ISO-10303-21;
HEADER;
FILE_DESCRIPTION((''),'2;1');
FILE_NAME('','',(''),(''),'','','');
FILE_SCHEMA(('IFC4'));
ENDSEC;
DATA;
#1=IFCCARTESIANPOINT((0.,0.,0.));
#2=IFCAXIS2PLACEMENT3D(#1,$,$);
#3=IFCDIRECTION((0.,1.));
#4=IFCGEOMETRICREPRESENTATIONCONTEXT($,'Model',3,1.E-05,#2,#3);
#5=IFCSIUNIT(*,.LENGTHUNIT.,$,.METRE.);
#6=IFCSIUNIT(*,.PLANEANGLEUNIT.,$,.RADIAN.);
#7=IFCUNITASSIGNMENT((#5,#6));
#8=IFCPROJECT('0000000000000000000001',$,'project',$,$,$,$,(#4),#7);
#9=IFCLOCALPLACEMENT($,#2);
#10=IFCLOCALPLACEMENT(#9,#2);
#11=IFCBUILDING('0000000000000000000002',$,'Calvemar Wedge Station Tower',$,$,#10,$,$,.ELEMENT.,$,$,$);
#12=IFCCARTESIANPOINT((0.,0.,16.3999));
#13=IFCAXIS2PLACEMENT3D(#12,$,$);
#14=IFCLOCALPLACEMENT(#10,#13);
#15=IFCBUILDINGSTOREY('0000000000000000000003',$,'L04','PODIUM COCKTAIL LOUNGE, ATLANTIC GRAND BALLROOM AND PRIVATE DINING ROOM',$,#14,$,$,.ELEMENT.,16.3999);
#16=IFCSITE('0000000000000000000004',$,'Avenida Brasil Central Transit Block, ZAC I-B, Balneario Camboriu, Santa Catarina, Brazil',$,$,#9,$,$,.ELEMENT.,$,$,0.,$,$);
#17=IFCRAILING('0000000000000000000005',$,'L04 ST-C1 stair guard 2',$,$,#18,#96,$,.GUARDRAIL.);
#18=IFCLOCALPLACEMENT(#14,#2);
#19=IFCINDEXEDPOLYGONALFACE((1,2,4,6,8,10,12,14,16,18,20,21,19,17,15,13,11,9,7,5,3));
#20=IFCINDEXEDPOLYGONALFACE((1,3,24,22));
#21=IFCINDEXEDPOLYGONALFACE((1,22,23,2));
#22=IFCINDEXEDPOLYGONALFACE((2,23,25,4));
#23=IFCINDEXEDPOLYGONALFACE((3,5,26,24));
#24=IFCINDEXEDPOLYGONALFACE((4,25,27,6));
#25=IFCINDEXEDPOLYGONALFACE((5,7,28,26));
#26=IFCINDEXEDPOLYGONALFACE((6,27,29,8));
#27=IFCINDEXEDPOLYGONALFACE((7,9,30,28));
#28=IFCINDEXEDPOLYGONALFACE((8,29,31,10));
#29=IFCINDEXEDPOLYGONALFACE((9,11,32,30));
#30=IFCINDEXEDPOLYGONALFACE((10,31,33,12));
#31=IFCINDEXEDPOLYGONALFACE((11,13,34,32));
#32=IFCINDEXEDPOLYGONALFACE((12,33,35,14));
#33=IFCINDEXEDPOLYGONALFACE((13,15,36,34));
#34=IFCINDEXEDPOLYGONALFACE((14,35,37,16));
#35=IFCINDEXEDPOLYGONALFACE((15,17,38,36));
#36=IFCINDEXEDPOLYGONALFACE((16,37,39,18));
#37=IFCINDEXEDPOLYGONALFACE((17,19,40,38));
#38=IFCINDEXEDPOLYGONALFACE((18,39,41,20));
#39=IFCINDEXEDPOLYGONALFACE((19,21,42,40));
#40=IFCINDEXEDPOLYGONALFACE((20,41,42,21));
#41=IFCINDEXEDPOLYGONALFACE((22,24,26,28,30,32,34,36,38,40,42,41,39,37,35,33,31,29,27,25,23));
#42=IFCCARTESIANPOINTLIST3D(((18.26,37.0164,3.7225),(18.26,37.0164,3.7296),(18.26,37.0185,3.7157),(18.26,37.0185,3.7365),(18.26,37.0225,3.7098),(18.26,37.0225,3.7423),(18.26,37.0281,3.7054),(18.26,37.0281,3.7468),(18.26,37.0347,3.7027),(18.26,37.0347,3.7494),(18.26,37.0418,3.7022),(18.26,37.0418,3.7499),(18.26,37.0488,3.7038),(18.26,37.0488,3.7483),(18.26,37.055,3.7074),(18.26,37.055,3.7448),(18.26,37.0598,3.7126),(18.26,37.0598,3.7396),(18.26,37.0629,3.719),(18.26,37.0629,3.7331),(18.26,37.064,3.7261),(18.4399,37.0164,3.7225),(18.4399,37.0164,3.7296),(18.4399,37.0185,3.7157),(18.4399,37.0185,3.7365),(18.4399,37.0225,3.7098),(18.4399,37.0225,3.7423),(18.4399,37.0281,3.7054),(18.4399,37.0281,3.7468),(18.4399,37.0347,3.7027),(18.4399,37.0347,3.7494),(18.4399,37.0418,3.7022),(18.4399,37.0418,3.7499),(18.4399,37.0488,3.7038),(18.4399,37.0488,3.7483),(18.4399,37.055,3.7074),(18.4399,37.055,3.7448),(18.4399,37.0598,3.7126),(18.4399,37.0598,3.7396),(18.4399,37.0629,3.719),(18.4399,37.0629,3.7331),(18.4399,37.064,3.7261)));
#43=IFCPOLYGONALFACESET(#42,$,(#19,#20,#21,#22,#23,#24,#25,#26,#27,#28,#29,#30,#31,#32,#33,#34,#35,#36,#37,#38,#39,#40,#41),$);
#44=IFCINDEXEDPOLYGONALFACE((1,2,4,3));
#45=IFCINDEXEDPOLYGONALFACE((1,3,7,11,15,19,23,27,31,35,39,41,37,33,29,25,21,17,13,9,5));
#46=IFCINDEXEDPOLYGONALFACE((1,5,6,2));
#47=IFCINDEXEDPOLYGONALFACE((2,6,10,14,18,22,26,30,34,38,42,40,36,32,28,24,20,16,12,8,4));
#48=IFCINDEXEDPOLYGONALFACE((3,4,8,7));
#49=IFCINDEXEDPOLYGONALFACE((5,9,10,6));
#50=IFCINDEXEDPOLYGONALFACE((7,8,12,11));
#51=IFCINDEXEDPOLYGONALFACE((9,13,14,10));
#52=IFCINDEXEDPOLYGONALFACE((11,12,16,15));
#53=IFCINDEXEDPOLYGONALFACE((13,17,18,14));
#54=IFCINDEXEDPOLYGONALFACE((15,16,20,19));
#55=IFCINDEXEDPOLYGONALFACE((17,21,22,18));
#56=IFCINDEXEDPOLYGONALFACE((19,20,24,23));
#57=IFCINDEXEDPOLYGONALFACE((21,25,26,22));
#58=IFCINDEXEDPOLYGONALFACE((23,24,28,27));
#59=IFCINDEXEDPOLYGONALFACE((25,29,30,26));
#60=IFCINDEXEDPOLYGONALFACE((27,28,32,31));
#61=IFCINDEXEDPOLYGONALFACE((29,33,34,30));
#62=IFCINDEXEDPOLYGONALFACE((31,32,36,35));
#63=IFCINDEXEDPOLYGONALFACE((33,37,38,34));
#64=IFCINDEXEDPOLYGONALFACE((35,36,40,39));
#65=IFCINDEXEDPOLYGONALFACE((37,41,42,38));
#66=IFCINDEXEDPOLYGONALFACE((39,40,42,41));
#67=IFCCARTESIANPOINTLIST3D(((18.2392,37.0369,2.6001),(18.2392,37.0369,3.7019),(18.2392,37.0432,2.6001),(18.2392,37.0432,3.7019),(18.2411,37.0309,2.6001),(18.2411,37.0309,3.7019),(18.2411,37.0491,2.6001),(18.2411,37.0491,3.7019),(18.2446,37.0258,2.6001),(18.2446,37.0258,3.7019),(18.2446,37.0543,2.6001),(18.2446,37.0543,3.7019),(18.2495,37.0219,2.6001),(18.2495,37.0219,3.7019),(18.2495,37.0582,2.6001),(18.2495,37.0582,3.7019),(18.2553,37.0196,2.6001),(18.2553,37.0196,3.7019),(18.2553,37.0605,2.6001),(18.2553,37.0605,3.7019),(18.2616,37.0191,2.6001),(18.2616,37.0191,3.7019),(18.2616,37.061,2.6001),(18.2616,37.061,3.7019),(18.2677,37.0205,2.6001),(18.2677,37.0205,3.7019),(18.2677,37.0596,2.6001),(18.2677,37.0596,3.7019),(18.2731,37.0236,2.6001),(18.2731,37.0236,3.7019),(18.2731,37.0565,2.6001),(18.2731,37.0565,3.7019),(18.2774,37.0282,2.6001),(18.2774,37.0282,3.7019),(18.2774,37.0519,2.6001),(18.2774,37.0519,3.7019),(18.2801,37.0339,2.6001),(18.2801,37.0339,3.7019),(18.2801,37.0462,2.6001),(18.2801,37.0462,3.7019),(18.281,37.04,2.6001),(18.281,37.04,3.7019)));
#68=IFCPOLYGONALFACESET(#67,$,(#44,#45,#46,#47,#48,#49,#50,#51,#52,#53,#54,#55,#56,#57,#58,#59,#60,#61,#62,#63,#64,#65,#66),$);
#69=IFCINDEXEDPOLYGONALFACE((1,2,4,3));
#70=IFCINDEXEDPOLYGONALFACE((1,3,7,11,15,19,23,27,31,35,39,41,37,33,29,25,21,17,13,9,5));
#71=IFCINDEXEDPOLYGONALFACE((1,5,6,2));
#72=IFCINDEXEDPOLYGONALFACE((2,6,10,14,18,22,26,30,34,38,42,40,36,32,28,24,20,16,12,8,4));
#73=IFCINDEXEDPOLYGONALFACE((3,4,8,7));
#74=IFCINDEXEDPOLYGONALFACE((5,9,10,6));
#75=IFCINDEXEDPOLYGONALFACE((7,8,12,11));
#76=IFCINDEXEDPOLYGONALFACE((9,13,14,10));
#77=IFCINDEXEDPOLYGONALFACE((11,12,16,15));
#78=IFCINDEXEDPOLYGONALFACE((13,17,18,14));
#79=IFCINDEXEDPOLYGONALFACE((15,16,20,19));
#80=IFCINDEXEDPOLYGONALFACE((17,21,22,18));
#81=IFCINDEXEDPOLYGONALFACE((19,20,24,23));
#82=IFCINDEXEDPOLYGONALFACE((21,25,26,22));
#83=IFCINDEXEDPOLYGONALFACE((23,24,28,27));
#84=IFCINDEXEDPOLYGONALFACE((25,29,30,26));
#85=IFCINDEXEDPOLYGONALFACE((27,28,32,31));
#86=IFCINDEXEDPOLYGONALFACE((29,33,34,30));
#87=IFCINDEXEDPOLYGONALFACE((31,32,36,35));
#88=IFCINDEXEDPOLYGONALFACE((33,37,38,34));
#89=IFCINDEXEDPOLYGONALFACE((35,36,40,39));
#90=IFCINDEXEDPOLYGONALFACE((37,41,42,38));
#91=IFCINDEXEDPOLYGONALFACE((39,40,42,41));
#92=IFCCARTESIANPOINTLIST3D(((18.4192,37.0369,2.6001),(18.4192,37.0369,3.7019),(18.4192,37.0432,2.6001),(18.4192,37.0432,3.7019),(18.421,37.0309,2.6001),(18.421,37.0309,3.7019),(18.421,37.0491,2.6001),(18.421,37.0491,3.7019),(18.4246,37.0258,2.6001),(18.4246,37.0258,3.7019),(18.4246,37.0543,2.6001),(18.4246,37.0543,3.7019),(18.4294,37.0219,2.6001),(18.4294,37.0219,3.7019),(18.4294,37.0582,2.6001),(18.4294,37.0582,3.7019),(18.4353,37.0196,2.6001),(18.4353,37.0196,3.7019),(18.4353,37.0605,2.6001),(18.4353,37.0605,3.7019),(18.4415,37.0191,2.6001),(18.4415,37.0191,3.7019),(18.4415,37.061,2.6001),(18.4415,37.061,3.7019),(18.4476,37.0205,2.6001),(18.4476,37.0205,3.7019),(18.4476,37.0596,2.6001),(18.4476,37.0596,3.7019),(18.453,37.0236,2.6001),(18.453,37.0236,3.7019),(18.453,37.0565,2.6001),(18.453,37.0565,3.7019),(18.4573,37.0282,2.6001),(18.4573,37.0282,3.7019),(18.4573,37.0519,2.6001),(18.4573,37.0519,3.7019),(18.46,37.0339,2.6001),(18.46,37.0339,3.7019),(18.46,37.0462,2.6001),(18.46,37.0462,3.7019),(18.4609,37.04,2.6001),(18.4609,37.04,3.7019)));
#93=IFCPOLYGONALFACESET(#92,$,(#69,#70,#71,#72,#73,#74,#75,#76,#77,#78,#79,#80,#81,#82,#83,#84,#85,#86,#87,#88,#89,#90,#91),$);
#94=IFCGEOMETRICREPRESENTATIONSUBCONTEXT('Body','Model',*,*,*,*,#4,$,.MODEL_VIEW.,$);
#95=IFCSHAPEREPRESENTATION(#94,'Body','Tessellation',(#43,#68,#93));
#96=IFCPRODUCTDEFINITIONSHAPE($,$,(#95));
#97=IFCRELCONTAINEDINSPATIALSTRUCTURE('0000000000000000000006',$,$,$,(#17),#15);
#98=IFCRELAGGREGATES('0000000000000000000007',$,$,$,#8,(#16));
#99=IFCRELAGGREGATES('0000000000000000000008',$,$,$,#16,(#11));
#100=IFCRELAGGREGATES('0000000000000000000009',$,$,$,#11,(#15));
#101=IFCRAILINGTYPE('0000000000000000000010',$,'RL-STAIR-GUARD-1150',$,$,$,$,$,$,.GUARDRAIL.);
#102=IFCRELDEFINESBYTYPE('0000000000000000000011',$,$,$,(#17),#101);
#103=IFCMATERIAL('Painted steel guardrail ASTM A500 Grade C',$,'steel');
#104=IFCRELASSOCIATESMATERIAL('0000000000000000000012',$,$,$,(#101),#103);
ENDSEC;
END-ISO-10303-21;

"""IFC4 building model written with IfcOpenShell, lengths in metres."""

from ifc_helpers import new_model, si_unit, direction, frame, origin, origin_2d, place, context, subcontext, project, spatial, circle, extrude, material, type_object, element, save


model = new_model("IFC4")

# Units and contexts
model_context = context("Model", 3, precision=1e-05, world=origin(), true_north=direction((0.0, 1.0)))
body_context = subcontext(model_context, "Body", "Model", "MODEL_VIEW")
ifc_project = project(units=[si_unit("LENGTHUNIT", "METRE"), si_unit("PLANEANGLEUNIT", "RADIAN")], contexts=[model_context])

# Site, building, storey
site_placement = place(None, origin())
site = spatial("IfcSite", under=ifc_project, at=site_placement, Name="Avenida Brasil Central Transit Block, ZAC I-B, Balneario Camboriu, Santa Catarina, Brazil", CompositionType="ELEMENT", RefElevation=0.0)
building_placement = place(site_placement, origin())
building = spatial("IfcBuilding", under=site, at=building_placement, Name="Calvemar Wedge Station Tower", CompositionType="ELEMENT")
storey_placement = place(building_placement, frame((0.0, 0.0, 16.3999)))
storey = spatial("IfcBuildingStorey", under=building, at=storey_placement, Name="L04", Description="PODIUM COCKTAIL LOUNGE, ATLANTIC GRAND BALLROOM AND PRIVATE DINING ROOM", CompositionType="ELEMENT", Elevation=16.3999)

# Railing
ifc_material_1 = material(Name="Painted steel guardrail ASTM A500 Grade C", Category="steel")
railing_type_1 = type_object("IfcRailingType", Name="RL-STAIR-GUARD-1150", PredefinedType="GUARDRAIL", material=ifc_material_1)
railing_1_placement = place(storey_placement, frame((18.26, 37.04, 2.6001)))
element("IfcRailing", 1, at=railing_1_placement, inside=storey, type_object=railing_type_1, Name="L04 ST-C1 stair guard 2", PredefinedType="GUARDRAIL", context=body_context, shape_type="SweptSolid", body=[
    extrude(circle(Radius=0.0239, at=origin_2d()), frame((0.0, 0.0, 1.126), z_axis=(1.0, 0.0, 0.0), x_axis=(0.0, 1.0, 0.0)), (0.0, 0.0, 1.0), 0.1799),
    extrude(circle(Radius=0.021, at=origin_2d()), origin(), (0.0, 0.0, 1.0), 1.1018),
    extrude(circle(Radius=0.021, at=origin_2d()), frame((0.1799, 0.0, 0.0)), (0.0, 0.0, 1.0), 1.1018),
])

save(model, "model.ifc")
